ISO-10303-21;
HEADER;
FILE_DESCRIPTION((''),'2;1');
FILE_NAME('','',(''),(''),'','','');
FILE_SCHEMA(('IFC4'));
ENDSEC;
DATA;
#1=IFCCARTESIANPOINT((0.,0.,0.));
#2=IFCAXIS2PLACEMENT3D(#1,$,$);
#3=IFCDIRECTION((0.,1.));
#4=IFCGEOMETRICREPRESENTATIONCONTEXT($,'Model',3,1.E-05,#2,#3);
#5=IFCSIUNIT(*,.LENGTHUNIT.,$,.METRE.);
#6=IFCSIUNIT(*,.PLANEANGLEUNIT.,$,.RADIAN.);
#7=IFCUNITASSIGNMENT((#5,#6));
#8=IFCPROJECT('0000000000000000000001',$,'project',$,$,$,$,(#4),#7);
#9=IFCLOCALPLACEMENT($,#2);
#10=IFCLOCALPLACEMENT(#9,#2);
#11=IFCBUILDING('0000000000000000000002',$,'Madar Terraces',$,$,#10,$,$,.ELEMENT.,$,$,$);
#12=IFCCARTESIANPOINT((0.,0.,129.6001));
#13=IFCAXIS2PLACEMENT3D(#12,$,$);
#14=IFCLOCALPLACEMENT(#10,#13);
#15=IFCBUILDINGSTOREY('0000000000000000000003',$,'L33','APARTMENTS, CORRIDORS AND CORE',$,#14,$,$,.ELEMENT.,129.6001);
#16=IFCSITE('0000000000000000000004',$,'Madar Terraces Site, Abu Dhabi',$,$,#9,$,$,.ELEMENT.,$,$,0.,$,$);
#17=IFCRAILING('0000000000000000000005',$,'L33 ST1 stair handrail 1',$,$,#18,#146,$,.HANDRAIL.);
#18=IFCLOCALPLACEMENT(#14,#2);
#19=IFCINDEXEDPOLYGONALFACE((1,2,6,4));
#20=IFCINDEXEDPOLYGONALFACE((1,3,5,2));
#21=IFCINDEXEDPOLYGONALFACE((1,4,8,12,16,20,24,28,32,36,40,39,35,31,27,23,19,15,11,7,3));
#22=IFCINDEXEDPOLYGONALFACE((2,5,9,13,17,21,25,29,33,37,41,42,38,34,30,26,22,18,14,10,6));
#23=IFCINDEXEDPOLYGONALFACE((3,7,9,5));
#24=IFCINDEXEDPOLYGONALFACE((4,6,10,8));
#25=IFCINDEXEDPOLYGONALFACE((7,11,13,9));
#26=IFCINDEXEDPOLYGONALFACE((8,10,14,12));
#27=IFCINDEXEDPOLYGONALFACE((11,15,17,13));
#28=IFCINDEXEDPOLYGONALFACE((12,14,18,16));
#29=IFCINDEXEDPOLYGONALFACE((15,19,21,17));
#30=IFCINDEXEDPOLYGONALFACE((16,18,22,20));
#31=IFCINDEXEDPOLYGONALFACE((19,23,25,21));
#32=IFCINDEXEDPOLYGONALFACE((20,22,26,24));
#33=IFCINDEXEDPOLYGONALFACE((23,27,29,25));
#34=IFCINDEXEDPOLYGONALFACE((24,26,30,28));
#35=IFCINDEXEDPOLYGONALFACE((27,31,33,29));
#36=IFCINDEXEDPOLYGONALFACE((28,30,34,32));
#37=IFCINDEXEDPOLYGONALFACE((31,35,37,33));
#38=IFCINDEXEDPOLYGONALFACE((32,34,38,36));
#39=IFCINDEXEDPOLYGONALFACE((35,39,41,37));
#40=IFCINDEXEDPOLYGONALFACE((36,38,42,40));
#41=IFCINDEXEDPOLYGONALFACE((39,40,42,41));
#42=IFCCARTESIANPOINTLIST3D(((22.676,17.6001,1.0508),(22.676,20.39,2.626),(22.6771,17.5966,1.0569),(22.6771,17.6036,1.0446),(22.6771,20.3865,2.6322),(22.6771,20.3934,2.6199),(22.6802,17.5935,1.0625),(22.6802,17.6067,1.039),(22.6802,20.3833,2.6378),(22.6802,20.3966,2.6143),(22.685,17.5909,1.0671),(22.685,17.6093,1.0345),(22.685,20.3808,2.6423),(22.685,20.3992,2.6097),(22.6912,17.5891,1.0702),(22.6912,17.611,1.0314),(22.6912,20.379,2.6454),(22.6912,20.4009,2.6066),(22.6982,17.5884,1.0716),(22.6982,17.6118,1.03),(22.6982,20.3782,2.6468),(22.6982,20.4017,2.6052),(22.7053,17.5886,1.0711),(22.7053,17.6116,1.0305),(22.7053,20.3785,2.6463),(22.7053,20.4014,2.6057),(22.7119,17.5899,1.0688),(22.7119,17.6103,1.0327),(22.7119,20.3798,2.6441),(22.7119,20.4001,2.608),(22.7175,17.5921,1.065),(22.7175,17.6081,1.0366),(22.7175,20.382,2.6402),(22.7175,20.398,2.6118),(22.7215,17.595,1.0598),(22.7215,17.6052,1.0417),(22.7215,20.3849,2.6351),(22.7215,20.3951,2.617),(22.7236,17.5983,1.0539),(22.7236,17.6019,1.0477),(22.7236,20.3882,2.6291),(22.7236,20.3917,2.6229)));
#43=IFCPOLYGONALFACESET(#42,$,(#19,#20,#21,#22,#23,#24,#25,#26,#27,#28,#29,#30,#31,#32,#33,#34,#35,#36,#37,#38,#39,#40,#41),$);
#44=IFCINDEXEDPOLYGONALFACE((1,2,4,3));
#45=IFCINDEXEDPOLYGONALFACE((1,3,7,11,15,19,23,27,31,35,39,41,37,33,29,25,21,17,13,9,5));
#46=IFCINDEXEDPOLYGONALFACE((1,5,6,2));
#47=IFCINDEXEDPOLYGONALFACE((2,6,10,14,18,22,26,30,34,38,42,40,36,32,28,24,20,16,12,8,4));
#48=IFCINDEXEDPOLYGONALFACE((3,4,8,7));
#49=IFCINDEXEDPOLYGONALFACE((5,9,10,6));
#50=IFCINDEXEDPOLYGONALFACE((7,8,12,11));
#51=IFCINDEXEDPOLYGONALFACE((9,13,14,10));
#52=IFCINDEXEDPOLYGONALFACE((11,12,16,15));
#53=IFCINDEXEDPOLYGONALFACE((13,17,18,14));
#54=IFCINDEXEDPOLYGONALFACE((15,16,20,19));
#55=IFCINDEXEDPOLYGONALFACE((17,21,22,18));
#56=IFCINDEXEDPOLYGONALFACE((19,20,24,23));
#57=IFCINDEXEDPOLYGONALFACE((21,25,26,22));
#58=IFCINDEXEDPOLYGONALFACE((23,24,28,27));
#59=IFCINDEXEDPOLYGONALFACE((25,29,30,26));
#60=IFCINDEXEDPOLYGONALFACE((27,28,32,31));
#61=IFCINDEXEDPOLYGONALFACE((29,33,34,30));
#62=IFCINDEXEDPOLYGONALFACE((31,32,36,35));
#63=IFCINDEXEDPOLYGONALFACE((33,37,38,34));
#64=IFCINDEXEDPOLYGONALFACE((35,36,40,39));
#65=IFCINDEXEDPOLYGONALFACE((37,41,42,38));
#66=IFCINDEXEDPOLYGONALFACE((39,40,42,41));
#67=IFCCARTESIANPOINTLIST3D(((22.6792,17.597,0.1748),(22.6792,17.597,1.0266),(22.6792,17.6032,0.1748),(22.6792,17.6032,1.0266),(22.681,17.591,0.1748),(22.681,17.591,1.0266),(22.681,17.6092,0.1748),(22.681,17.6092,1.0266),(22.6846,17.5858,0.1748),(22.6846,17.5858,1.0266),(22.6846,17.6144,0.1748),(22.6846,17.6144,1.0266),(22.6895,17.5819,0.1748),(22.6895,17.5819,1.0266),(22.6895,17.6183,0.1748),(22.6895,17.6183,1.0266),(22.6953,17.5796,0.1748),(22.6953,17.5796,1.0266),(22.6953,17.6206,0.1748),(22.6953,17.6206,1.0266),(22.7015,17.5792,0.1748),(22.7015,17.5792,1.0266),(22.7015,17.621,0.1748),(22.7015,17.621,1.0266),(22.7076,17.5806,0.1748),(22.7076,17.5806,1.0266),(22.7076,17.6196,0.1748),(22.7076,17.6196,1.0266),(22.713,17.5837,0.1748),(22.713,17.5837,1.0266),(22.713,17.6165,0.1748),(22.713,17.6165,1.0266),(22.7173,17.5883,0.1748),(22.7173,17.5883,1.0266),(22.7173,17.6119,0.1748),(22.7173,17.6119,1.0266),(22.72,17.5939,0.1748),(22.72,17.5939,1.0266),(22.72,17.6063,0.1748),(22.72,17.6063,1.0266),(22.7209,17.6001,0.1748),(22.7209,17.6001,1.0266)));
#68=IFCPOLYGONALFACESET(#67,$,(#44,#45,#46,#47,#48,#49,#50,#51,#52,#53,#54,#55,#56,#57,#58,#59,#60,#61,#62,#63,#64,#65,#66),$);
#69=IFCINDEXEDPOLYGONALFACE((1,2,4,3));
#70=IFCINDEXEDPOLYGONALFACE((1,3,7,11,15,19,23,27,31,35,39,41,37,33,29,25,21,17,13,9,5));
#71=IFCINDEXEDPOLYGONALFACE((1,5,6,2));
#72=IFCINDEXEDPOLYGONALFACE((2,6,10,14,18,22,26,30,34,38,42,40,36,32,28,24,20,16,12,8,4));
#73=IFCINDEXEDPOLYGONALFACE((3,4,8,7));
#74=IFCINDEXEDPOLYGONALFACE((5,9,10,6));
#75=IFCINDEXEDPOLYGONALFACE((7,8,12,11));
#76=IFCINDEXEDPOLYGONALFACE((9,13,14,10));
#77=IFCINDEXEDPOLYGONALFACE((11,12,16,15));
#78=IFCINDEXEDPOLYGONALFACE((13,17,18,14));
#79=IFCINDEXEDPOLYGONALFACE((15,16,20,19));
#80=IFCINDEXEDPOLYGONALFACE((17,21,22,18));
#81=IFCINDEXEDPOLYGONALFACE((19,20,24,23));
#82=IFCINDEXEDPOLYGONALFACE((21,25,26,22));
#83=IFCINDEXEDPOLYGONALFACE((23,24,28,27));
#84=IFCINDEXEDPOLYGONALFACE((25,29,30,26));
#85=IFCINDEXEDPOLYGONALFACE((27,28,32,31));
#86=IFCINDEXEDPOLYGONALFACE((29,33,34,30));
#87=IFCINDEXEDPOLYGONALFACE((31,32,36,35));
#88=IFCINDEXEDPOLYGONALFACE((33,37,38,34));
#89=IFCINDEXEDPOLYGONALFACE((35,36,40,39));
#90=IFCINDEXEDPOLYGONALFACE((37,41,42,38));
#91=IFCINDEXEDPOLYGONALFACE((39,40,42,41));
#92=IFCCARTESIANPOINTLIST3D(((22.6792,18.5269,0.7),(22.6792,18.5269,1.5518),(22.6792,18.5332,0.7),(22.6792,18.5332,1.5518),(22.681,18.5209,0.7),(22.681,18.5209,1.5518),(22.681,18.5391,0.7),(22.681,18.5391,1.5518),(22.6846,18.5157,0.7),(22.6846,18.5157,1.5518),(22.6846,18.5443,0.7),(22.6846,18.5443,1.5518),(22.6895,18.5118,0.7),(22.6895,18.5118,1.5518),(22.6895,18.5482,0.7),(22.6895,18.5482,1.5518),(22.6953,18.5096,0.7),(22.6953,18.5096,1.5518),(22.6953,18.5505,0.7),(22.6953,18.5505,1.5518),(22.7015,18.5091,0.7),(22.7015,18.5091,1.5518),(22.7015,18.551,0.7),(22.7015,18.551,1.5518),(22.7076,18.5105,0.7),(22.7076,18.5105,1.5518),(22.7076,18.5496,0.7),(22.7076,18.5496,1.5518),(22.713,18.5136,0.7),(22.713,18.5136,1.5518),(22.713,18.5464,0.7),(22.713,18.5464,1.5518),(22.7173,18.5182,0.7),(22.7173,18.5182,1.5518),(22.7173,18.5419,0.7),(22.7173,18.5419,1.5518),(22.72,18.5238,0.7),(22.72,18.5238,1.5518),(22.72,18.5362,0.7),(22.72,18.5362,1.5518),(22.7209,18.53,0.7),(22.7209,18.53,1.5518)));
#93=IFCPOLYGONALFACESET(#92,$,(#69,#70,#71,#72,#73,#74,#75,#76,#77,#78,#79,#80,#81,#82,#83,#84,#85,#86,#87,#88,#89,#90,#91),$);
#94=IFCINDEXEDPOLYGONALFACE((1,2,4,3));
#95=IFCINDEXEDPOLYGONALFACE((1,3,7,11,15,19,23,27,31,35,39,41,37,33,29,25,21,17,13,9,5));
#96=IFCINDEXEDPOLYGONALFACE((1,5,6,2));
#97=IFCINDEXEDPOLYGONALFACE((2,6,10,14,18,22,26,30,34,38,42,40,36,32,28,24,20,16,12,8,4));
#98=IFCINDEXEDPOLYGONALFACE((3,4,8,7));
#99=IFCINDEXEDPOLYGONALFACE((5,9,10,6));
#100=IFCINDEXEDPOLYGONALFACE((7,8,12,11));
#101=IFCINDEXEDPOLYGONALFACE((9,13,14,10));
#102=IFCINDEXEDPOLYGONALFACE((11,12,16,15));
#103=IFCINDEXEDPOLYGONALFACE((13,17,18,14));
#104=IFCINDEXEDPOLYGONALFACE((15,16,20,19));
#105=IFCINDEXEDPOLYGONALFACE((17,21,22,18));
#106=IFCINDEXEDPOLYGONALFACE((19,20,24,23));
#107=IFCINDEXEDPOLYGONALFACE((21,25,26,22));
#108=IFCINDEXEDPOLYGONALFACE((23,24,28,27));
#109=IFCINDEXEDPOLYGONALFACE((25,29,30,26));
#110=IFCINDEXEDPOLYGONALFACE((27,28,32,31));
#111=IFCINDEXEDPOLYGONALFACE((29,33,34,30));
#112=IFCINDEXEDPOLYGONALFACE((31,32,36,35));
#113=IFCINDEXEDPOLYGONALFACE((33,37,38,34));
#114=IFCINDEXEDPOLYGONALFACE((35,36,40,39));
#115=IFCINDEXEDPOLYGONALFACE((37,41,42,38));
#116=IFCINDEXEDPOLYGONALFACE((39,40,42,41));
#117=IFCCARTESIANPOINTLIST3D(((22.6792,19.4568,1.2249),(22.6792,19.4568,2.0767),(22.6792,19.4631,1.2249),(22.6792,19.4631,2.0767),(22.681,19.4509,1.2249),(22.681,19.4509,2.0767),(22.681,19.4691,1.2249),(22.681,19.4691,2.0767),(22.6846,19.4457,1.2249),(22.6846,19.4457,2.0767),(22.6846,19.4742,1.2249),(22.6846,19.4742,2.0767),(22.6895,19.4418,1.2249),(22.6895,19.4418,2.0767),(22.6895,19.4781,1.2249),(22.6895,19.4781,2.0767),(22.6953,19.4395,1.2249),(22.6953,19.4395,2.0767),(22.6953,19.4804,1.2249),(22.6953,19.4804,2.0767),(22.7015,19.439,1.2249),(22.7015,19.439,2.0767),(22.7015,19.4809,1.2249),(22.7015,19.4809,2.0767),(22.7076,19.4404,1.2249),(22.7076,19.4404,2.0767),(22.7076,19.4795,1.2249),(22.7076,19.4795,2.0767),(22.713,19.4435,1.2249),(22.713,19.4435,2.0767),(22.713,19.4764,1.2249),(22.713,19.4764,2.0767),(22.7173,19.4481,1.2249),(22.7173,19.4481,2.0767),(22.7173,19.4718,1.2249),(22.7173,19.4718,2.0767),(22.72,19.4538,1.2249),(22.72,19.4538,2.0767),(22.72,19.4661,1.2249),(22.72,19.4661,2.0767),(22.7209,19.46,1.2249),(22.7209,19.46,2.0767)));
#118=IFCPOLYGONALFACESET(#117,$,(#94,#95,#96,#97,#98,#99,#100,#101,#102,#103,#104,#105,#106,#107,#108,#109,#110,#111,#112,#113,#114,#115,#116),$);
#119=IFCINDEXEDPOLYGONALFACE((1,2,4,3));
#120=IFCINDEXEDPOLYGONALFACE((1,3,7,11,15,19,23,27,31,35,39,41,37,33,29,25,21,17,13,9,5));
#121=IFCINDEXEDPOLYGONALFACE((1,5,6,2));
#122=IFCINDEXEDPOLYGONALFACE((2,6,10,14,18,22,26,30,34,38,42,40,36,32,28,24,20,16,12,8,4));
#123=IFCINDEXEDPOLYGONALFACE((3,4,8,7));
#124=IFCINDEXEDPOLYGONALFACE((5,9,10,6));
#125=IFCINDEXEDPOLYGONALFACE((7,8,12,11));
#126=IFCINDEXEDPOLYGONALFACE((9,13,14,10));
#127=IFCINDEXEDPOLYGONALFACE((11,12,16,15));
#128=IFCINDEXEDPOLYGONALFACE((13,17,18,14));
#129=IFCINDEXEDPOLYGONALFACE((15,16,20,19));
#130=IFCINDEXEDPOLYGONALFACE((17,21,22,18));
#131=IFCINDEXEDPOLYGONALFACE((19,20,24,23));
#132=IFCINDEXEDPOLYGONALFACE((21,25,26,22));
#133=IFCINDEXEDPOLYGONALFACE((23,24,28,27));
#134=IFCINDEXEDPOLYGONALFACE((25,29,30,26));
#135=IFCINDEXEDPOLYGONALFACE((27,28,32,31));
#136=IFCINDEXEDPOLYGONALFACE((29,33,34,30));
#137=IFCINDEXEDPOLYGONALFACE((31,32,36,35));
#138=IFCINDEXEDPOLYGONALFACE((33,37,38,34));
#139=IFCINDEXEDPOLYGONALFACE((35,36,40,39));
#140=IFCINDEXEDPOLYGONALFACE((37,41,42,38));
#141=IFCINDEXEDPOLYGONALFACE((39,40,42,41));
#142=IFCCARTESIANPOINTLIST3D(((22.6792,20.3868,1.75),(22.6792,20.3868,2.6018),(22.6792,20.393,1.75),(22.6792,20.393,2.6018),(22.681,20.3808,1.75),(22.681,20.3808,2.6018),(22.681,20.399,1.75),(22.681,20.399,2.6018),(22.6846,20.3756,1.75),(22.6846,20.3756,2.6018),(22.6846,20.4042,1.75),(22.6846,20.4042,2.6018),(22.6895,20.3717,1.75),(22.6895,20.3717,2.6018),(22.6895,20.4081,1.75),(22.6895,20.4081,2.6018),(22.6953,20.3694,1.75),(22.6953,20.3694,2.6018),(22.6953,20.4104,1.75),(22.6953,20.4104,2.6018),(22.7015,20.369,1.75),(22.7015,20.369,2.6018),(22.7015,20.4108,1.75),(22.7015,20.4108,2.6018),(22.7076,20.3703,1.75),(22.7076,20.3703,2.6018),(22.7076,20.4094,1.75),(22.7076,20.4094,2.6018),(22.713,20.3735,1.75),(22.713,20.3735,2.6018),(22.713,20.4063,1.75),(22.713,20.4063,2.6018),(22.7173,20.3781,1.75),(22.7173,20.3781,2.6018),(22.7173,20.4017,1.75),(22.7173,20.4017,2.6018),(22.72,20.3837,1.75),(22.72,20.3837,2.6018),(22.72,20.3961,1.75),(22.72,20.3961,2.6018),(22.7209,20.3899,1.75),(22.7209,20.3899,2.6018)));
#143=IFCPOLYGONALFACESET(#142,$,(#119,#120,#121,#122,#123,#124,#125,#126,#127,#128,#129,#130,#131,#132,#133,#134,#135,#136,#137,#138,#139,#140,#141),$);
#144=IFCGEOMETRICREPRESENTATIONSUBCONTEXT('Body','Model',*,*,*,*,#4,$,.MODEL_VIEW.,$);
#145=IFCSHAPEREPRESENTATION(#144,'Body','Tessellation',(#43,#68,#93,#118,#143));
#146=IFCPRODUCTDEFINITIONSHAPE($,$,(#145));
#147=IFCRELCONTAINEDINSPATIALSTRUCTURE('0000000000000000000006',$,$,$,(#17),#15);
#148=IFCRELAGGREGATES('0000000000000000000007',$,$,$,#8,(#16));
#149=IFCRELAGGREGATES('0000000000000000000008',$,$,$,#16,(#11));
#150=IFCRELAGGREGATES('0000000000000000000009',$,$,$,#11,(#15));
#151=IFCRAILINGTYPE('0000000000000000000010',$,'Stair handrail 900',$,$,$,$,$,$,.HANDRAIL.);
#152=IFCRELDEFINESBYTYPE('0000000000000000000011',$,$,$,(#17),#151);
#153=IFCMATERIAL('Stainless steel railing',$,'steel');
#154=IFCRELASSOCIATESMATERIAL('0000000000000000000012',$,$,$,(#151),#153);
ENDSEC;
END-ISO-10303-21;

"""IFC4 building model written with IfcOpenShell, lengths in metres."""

from ifc_helpers import new_model, si_unit, direction, frame, origin, origin_2d, place, context, subcontext, project, spatial, circle, extrude, material, type_object, element, save


model = new_model("IFC4")

# Units and contexts
model_context = context("Model", 3, precision=1e-05, world=origin(), true_north=direction((0.0, 1.0)))
body_context = subcontext(model_context, "Body", "Model", "MODEL_VIEW")
ifc_project = project(units=[si_unit("LENGTHUNIT", "METRE"), si_unit("PLANEANGLEUNIT", "RADIAN")], contexts=[model_context])

# Site, building, storey
site_placement = place(None, origin())
site = spatial("IfcSite", under=ifc_project, at=site_placement, Name="Madar Terraces Site, Abu Dhabi", CompositionType="ELEMENT", RefElevation=0.0)
building_placement = place(site_placement, origin())
building = spatial("IfcBuilding", under=site, at=building_placement, Name="Madar Terraces", CompositionType="ELEMENT")
storey_placement = place(building_placement, frame((0.0, 0.0, 129.6001)))
storey = spatial("IfcBuildingStorey", under=building, at=storey_placement, Name="L33", Description="APARTMENTS, CORRIDORS AND CORE", CompositionType="ELEMENT", Elevation=129.6001)

# Railing
ifc_material_1 = material(Name="Stainless steel railing", Category="steel")
railing_type_1 = type_object("IfcRailingType", Name="Stair handrail 900", PredefinedType="HANDRAIL", material=ifc_material_1)
railing_1_placement = place(storey_placement, frame((22.7, 17.6001, 0.1748)))
element("IfcRailing", 1, at=railing_1_placement, inside=storey, type_object=railing_type_1, Name="L33 ST1 stair handrail 1", PredefinedType="HANDRAIL", context=body_context, shape_type="SweptSolid", body=[
    extrude(circle(Radius=0.0239, at=origin_2d()), frame((0.0, 0.0, 0.876), z_axis=(0.0, 0.870783, 0.491668), x_axis=(-1.0, 0.0, 0.0)), (0.0, 0.0, 1.0), 3.2039),
    extrude(circle(Radius=0.021, at=origin_2d()), origin(), (0.0, 0.0, 1.0), 0.8518),
    extrude(circle(Radius=0.021, at=origin_2d()), frame((0.0, 0.9299, 0.5251)), (0.0, 0.0, 1.0), 0.8518),
    extrude(circle(Radius=0.021, at=origin_2d()), frame((0.0, 1.8599, 1.05)), (0.0, 0.0, 1.0), 0.8518),
    extrude(circle(Radius=0.021, at=origin_2d()), frame((0.0, 2.7898, 1.5752)), (0.0, 0.0, 1.0), 0.8518),
])

save(model, "model.ifc")
